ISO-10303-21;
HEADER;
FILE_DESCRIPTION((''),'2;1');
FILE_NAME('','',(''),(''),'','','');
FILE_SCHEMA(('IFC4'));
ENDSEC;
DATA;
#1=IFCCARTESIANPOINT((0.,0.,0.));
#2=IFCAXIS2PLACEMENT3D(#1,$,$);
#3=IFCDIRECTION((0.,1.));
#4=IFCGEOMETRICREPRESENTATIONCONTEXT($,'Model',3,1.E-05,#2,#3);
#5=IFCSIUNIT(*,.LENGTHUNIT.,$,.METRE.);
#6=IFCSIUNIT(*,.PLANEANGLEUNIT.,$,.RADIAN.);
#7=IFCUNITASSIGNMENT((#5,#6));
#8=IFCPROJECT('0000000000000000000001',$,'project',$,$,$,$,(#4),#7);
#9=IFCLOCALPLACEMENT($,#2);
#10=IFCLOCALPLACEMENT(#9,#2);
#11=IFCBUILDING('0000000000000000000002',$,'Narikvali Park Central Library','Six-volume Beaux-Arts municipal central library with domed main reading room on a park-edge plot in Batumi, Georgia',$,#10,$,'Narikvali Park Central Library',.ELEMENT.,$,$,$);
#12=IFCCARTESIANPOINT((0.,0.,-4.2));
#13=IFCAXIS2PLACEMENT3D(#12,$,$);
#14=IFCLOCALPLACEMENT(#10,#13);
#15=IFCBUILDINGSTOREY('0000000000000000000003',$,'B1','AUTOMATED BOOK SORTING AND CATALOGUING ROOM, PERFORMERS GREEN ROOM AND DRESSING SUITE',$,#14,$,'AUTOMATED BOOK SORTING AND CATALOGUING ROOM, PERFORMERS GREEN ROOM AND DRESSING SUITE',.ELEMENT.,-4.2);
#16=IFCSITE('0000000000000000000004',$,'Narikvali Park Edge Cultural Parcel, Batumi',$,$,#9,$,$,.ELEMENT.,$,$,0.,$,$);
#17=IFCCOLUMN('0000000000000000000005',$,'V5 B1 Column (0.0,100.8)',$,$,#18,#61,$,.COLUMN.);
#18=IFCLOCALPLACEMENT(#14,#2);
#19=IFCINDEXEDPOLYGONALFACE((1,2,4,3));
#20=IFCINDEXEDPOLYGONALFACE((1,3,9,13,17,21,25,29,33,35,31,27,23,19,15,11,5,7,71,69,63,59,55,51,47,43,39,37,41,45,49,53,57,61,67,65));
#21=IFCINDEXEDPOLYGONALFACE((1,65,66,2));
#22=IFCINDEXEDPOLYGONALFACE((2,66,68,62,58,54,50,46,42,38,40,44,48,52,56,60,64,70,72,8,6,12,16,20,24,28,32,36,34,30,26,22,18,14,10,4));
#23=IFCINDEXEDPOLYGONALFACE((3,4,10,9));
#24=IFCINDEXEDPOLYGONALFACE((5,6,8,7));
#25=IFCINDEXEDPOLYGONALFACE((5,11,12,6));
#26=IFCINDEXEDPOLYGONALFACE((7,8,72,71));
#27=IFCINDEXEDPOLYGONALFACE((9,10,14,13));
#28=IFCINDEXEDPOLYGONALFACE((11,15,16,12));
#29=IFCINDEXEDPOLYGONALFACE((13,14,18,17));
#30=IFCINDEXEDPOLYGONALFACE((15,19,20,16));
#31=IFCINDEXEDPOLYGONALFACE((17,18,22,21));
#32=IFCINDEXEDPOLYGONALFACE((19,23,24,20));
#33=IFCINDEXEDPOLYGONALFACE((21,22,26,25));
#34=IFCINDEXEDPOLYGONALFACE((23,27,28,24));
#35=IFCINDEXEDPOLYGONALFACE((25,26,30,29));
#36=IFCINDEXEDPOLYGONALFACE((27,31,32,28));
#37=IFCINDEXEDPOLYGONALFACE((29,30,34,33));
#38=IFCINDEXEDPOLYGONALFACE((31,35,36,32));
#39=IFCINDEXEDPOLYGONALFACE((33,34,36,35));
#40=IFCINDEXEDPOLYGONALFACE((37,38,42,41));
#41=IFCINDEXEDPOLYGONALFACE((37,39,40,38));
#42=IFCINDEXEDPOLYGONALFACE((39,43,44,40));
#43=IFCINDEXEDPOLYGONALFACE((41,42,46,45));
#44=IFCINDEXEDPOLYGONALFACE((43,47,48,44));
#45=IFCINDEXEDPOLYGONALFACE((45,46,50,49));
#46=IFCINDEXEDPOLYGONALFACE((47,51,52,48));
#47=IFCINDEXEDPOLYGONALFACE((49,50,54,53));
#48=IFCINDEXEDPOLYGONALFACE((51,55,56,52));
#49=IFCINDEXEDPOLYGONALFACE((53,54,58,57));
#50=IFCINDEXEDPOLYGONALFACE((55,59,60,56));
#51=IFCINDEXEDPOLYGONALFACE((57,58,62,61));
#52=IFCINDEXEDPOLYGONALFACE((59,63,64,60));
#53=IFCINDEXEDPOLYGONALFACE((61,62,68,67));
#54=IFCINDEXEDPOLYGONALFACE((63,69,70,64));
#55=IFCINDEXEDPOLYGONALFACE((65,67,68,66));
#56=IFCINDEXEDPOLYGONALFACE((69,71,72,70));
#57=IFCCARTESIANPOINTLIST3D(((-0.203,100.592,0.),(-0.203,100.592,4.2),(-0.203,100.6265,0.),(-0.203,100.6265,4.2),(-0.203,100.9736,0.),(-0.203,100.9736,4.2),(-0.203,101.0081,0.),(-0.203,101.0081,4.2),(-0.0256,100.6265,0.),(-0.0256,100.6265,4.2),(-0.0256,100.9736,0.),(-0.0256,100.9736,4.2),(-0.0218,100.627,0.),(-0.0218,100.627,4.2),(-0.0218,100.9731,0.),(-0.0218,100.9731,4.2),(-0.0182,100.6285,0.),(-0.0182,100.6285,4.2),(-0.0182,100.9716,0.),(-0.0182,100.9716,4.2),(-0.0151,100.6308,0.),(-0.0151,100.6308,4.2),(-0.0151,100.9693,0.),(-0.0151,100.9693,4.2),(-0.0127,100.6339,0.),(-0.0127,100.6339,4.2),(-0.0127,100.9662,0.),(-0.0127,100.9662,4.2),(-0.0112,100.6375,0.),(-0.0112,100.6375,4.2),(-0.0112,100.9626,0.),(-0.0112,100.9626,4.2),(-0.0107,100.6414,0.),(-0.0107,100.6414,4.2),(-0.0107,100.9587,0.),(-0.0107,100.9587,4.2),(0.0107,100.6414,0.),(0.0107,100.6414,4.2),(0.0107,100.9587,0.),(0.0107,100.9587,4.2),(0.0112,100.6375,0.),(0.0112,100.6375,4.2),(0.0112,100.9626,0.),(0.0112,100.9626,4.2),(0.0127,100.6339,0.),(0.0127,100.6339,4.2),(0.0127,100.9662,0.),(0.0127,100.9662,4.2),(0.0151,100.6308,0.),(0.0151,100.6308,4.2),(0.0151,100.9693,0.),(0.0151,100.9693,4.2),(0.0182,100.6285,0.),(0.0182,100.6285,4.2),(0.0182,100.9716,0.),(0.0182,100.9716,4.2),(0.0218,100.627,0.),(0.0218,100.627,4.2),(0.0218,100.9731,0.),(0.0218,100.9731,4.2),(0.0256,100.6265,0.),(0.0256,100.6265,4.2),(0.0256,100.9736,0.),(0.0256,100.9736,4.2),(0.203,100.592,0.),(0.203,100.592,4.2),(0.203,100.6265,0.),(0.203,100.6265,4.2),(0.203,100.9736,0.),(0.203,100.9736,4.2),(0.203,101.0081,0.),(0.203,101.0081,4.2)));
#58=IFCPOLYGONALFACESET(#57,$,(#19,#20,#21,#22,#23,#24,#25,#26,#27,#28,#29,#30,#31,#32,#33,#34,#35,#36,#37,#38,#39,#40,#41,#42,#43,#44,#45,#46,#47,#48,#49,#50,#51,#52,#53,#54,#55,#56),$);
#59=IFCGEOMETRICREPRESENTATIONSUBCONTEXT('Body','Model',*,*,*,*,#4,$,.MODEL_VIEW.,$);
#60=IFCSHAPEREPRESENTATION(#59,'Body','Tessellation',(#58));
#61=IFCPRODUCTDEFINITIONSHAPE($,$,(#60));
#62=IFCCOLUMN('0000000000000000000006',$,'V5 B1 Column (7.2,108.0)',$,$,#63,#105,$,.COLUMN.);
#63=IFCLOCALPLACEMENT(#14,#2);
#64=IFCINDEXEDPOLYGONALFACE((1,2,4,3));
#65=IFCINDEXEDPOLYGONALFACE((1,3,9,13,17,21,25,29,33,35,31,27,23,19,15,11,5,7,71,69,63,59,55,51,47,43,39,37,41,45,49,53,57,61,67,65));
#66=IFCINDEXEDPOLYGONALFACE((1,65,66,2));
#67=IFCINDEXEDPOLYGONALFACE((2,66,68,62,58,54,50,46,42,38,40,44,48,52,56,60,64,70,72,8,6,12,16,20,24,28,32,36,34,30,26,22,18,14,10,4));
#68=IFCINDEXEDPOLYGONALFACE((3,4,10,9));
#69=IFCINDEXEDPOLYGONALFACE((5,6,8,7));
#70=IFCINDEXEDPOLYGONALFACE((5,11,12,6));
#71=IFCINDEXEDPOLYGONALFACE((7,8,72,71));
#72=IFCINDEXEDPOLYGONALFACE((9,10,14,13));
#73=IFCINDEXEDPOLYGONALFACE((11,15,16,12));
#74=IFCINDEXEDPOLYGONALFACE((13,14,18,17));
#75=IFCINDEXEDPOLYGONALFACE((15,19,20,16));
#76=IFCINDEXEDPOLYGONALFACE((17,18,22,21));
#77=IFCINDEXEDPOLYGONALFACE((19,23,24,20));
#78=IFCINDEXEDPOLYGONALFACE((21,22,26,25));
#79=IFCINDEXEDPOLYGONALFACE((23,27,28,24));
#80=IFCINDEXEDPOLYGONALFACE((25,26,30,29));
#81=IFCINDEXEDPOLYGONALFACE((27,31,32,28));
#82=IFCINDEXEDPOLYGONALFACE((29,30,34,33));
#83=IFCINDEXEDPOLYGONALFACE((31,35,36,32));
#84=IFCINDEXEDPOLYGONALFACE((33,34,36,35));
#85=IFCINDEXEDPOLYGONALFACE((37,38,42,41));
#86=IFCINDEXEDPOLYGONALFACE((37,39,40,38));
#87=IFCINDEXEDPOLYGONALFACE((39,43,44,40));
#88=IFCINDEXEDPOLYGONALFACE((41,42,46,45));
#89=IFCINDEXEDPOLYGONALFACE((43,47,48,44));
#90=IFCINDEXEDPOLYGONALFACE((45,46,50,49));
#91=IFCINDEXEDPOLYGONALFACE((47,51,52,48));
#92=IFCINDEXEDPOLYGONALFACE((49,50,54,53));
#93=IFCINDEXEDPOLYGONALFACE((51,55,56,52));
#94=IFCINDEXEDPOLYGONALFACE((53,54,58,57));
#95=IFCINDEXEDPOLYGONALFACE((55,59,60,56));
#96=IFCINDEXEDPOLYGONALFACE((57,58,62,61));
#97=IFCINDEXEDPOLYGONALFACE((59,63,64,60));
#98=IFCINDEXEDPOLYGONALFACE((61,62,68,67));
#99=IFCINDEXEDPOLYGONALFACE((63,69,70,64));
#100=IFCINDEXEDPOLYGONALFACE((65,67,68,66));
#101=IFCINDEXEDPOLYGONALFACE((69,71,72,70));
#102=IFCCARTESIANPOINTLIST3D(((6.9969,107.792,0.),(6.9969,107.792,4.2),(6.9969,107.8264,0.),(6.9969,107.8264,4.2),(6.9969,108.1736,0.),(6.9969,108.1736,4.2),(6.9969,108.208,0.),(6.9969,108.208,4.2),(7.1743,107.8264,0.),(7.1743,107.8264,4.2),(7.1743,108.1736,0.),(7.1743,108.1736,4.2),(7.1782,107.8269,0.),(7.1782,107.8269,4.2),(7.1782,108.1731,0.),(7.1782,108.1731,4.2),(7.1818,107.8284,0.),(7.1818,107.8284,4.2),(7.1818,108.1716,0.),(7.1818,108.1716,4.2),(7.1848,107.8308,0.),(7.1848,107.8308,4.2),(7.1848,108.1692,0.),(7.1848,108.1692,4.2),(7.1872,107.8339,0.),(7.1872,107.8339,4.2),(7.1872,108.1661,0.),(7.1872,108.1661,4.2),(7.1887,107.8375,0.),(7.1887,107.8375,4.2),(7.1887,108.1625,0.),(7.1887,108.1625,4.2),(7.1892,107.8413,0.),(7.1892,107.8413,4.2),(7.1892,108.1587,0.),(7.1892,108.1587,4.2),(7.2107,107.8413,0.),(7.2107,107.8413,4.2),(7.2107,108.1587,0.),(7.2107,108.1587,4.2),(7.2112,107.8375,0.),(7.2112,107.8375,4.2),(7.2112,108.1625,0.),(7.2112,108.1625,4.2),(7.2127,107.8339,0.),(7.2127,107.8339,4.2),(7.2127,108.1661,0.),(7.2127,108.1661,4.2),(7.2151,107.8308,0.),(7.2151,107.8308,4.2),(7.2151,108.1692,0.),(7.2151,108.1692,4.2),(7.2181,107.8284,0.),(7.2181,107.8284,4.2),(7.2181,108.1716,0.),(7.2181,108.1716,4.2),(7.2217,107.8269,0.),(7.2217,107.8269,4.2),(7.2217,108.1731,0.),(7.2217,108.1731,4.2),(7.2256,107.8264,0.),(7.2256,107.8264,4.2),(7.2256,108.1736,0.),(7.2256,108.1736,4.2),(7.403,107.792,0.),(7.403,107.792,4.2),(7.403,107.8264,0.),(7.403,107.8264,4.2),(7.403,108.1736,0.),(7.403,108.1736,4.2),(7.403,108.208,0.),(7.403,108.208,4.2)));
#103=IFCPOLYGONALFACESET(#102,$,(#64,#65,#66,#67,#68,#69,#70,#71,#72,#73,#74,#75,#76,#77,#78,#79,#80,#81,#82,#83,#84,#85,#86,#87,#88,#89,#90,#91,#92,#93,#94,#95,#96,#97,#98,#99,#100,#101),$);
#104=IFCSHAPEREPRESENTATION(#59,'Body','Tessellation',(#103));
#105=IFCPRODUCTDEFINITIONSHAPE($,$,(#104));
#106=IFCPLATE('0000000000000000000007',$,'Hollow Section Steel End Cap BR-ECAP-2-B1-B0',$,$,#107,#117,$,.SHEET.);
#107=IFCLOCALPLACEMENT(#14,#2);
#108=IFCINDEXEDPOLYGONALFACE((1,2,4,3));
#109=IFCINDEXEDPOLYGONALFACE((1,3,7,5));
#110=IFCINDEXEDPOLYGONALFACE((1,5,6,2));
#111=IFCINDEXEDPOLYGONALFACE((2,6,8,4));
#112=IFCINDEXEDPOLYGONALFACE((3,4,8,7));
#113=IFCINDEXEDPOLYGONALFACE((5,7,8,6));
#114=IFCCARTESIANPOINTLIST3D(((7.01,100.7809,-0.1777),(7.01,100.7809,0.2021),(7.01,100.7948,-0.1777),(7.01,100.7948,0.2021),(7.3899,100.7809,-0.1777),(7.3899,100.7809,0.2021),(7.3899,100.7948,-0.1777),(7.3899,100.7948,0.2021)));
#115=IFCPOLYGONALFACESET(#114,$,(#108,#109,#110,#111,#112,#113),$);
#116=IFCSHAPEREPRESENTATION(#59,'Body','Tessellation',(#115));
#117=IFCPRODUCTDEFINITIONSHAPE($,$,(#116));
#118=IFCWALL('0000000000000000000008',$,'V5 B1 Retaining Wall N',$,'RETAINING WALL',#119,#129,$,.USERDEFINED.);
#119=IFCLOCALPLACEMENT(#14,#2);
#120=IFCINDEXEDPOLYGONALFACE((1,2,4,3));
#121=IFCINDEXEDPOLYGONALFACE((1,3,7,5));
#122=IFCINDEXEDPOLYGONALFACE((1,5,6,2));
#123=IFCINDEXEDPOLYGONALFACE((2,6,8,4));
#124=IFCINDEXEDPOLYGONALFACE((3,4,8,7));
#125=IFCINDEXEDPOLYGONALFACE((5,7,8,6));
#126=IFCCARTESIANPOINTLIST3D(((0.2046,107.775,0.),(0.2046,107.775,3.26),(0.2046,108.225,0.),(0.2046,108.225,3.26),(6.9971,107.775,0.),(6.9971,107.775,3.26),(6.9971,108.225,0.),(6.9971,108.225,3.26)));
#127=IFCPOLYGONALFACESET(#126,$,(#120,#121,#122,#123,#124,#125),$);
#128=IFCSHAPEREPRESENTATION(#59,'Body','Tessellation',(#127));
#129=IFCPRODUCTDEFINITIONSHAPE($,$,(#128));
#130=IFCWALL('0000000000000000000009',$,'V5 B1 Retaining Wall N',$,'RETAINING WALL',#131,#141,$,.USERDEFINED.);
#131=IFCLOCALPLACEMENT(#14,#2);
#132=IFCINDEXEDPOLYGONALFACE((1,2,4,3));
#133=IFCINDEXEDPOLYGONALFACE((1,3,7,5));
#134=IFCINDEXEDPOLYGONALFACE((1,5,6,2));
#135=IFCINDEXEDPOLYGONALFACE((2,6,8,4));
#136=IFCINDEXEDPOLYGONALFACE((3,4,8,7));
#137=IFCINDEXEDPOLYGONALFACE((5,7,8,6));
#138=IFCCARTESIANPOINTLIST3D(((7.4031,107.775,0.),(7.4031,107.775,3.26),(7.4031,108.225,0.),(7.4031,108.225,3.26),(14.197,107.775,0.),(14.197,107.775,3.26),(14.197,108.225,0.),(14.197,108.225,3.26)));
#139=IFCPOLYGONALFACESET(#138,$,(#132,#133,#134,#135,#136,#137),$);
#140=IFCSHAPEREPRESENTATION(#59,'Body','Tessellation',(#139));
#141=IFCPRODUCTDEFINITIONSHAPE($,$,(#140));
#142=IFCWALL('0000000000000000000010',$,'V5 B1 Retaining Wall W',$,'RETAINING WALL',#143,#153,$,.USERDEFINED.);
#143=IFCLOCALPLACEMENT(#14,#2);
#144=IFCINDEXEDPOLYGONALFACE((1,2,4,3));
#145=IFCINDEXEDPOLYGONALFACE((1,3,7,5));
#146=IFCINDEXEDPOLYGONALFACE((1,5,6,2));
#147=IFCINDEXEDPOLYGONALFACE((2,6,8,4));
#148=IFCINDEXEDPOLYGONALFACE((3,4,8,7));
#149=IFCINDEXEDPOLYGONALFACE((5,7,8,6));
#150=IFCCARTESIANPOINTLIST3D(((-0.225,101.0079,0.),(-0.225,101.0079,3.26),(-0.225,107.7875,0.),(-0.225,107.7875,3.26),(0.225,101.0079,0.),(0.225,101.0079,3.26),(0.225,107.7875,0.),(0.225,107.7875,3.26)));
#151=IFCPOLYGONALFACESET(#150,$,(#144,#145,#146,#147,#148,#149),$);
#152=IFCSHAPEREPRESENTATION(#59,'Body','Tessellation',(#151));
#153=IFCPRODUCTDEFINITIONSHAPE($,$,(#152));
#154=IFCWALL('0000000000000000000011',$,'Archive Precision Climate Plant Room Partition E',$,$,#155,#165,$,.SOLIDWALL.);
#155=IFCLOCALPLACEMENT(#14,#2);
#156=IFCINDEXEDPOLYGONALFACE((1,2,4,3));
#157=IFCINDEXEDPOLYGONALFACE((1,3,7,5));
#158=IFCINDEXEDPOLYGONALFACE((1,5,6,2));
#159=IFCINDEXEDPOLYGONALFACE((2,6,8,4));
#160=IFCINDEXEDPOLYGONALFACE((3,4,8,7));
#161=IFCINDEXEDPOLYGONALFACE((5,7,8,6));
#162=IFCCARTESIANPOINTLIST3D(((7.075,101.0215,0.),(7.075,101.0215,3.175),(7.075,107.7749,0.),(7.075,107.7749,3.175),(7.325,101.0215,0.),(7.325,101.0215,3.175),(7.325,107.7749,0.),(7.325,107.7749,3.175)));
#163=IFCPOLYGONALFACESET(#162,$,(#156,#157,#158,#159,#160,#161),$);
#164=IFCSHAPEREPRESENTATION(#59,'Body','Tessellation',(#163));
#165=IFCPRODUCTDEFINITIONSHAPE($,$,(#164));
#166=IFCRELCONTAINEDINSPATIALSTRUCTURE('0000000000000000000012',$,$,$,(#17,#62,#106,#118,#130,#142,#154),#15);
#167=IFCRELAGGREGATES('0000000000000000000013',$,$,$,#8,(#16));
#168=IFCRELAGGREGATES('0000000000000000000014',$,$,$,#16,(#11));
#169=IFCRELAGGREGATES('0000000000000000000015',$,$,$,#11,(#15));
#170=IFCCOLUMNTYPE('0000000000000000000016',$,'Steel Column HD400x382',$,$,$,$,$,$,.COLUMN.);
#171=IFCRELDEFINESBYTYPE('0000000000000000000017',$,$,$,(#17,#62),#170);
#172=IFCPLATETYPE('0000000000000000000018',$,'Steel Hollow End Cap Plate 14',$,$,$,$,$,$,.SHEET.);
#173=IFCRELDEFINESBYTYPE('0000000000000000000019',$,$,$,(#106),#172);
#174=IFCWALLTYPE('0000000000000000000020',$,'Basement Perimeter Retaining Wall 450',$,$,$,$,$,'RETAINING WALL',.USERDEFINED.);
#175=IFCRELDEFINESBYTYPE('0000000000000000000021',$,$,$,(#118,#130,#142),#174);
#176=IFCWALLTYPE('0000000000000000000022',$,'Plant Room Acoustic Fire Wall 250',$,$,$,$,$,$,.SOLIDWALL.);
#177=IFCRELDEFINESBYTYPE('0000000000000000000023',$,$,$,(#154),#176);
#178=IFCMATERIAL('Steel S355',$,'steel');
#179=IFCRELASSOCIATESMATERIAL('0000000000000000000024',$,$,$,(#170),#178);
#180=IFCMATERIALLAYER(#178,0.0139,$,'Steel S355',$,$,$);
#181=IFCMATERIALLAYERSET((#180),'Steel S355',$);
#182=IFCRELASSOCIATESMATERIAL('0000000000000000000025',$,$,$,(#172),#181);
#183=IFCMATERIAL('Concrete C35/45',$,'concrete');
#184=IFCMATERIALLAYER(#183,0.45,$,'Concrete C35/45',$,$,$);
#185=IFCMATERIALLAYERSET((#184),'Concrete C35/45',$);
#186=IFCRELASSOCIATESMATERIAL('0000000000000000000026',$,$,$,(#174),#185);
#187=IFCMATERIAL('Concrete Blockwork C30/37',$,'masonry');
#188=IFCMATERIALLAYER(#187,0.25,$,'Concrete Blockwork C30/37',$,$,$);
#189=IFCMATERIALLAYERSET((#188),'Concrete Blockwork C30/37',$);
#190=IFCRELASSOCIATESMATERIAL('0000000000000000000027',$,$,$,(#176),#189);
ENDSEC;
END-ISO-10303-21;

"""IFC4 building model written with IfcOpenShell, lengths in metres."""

from ifc_helpers import new_model, si_unit, direction, frame, frame_2d, origin, origin_2d, place, context, subcontext, project, spatial, rectangle, i_section, extrude, material, layer, layer_set, material_profile, profile_set, type_object, element, save


model = new_model("IFC4")

# Units and contexts
model_context = context("Model", 3, precision=1e-05, world=origin(), true_north=direction((0.0, 1.0)))
body_context = subcontext(model_context, "Body", "Model", "MODEL_VIEW")
ifc_project = project(units=[si_unit("LENGTHUNIT", "METRE"), si_unit("PLANEANGLEUNIT", "RADIAN")], contexts=[model_context])

# Site, building, storey
site_placement = place(None, origin())
site = spatial("IfcSite", under=ifc_project, at=site_placement, Name="Narikvali Park Edge Cultural Parcel, Batumi", CompositionType="ELEMENT", RefElevation=0.0)
building_placement = place(site_placement, origin())
building = spatial("IfcBuilding", under=site, at=building_placement, Name="Narikvali Park Central Library", Description="Six-volume Beaux-Arts municipal central library with domed main reading room on a park-edge plot in Batumi, Georgia", LongName="Narikvali Park Central Library", CompositionType="ELEMENT")
storey_placement = place(building_placement, frame((0.0, 0.0, -4.2)))
storey = spatial("IfcBuildingStorey", under=building, at=storey_placement, Name="B1", Description="AUTOMATED BOOK SORTING AND CATALOGUING ROOM, PERFORMERS GREEN ROOM AND DRESSING SUITE", LongName="AUTOMATED BOOK SORTING AND CATALOGUING ROOM, PERFORMERS GREEN ROOM AND DRESSING SUITE", CompositionType="ELEMENT", Elevation=-4.2)

# Shared definitions
ifc_material_1 = material(Name="Concrete C35/45", Category="concrete")

# Columns
ifc_material_2 = material(Name="Steel S355", Category="steel")
ifc_material_profile_1 = material_profile(ifc_material_2, i_section(OverallWidth=0.406, OverallDepth=0.416, WebThickness=0.0215, FlangeThickness=0.0344, FilletRadius=0.0149, at=origin_2d()), Name="HD 400x382")
ifc_profile_set_1 = profile_set([ifc_material_profile_1], Name="Steel S355")
column_type_1 = type_object("IfcColumnType", Name="Steel Column HD400x382", PredefinedType="COLUMN", material=ifc_profile_set_1)
for number, where, z_axis, x_axis, name in (
    (1, (0.0, 100.8, 0.0), (0.0, 0.0, 1.0), (1.0, 0.0, 0.0), "V5 B1 Column (0.0,100.8)"),
    (2, (7.2, 108.0, 0.0), (0.0, 0.0, 1.0), (1.0, 0.0, 0.0), "V5 B1 Column (7.2,108.0)"),
):
    element("IfcColumn", number, at=place(storey_placement, frame(where, z_axis=z_axis, x_axis=x_axis)), inside=storey, type_object=column_type_1, Name=name, PredefinedType="COLUMN", context=body_context, shape_type="SweptSolid", body=[
        extrude(i_section(OverallWidth=0.406, OverallDepth=0.416, WebThickness=0.0215, FlangeThickness=0.0344, FilletRadius=0.0149, at=origin_2d()), origin(), (0.0, 0.0, 1.0), 4.2),
    ])

# Plate
ifc_layer_1 = layer(ifc_material_2, 0.0139, Name="Steel S355")
ifc_layer_set_1 = layer_set([ifc_layer_1], Name="Steel S355")
plate_type = type_object("IfcPlateType", Name="Steel Hollow End Cap Plate 14", PredefinedType="SHEET", material=ifc_layer_set_1)
plate_placement = place(storey_placement, frame((7.2, 100.7878, -0.1777), z_axis=(0.0, 0.0, 1.0), x_axis=(1.0, 0.0, 0.0)))
element("IfcPlate", 3, at=plate_placement, inside=storey, type_object=plate_type, Name="Hollow Section Steel End Cap BR-ECAP-2-B1-B0", PredefinedType="SHEET", context=body_context, shape_type="SweptSolid", body=[
    extrude(rectangle(XDim=0.3799, YDim=0.0139, at=origin_2d()), origin(), (0.0, 0.0, 1.0), 0.3799),
])

# Walls
ifc_layer_2 = layer(ifc_material_1, 0.45, Name="Concrete C35/45")
ifc_layer_set_2 = layer_set([ifc_layer_2], Name="Concrete C35/45")
wall_type_1 = type_object("IfcWallType", Name="Basement Perimeter Retaining Wall 450", ElementType="RETAINING WALL", PredefinedType="USERDEFINED", material=ifc_layer_set_2)
wall_1_placement = place(storey_placement, frame((0.2046, 108.0, 0.0), z_axis=(0.0, 0.0, 1.0), x_axis=(1.0, 0.0, 0.0)))
element("IfcWall", 4, at=wall_1_placement, inside=storey, type_object=wall_type_1, Name="V5 B1 Retaining Wall N", ObjectType="RETAINING WALL", PredefinedType="USERDEFINED", context=body_context, shape_type="SweptSolid", body=[
    extrude(rectangle(XDim=6.7925, YDim=0.45, at=frame_2d((3.3962, 0.0))), origin(), (0.0, 0.0, 1.0), 3.26),
])
wall_2_placement = place(storey_placement, frame((7.4031, 108.0, 0.0), z_axis=(0.0, 0.0, 1.0), x_axis=(1.0, 0.0, 0.0)))
element("IfcWall", 5, at=wall_2_placement, inside=storey, type_object=wall_type_1, Name="V5 B1 Retaining Wall N", ObjectType="RETAINING WALL", PredefinedType="USERDEFINED", context=body_context, shape_type="SweptSolid", body=[
    extrude(rectangle(XDim=6.7939, YDim=0.45, at=frame_2d((3.397, 0.0))), origin(), (0.0, 0.0, 1.0), 3.26),
])
wall_3_placement = place(storey_placement, frame((0.0, 101.0081, 0.0), z_axis=(0.0, 0.0, 1.0), x_axis=(0.0, 1.0, 0.0)))
element("IfcWall", 6, at=wall_3_placement, inside=storey, type_object=wall_type_1, Name="V5 B1 Retaining Wall W", ObjectType="RETAINING WALL", PredefinedType="USERDEFINED", context=body_context, shape_type="SweptSolid", body=[
    extrude(rectangle(XDim=6.7795, YDim=0.45, at=frame_2d((3.3896, 0.0))), origin(), (0.0, 0.0, 1.0), 3.26),
])
ifc_material_3 = material(Name="Concrete Blockwork C30/37", Category="masonry")
ifc_layer_3 = layer(ifc_material_3, 0.25, Name="Concrete Blockwork C30/37")
ifc_layer_set_3 = layer_set([ifc_layer_3], Name="Concrete Blockwork C30/37")
wall_type_2 = type_object("IfcWallType", Name="Plant Room Acoustic Fire Wall 250", PredefinedType="SOLIDWALL", material=ifc_layer_set_3)
wall_4_placement = place(storey_placement, frame((7.2, 101.0215, 0.0), z_axis=(0.0, 0.0, 1.0), x_axis=(0.0, 1.0, 0.0)))
element("IfcWall", 7, at=wall_4_placement, inside=storey, type_object=wall_type_2, Name="Archive Precision Climate Plant Room Partition E", PredefinedType="SOLIDWALL", context=body_context, shape_type="SweptSolid", body=[
    extrude(rectangle(XDim=6.7534, YDim=0.25, at=frame_2d((3.3767, 0.0))), origin(), (0.0, 0.0, 1.0), 3.175),
])

save(model, "model.ifc")
